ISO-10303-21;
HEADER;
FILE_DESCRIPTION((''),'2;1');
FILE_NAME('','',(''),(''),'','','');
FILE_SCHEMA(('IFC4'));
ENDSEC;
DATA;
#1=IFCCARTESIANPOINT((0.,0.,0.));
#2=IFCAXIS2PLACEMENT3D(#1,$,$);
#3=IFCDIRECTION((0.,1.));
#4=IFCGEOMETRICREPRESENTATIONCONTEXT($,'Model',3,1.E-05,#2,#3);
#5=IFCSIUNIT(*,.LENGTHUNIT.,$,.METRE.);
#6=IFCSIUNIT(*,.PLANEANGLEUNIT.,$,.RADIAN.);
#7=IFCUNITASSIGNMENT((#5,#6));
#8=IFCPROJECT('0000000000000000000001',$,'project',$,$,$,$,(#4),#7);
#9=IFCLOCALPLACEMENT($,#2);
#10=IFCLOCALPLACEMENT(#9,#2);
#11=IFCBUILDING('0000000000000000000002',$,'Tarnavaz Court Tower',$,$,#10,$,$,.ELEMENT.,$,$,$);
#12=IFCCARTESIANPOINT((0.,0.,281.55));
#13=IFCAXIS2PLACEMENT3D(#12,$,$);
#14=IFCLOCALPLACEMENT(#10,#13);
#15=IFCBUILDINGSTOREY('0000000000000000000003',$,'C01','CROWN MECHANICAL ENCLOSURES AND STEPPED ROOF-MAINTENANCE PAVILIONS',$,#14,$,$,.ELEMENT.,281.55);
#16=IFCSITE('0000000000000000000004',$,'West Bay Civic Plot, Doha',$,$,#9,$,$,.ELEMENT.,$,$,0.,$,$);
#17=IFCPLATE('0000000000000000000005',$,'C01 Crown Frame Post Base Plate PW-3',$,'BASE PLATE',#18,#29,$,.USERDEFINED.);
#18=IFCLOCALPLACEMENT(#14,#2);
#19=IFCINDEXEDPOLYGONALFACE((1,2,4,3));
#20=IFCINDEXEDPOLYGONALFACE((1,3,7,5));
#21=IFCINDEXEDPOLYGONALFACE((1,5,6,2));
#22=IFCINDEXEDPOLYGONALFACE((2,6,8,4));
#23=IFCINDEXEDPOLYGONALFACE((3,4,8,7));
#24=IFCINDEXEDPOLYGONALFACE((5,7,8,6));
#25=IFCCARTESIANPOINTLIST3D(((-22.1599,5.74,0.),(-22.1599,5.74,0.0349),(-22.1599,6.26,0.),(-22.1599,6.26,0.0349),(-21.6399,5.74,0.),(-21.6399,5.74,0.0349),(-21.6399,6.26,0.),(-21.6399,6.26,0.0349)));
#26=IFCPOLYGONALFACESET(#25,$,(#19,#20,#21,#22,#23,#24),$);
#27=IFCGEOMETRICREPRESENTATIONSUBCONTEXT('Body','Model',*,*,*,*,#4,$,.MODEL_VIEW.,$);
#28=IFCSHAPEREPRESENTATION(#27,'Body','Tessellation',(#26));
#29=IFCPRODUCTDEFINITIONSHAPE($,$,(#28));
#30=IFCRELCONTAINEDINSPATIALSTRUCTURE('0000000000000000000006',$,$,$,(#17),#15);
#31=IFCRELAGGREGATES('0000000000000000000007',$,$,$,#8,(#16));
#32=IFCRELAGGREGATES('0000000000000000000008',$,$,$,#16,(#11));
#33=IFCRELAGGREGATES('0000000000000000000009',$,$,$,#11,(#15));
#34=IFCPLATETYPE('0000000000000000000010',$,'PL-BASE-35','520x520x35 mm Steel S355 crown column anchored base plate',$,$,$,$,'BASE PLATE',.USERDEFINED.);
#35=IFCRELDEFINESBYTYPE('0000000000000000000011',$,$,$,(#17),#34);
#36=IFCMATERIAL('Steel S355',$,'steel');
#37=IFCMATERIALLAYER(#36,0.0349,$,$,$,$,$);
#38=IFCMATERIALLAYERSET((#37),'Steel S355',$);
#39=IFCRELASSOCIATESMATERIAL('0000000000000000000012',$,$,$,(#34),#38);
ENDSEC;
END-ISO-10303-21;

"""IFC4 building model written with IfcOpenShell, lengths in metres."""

from ifc_helpers import new_model, si_unit, direction, frame, origin, origin_2d, place, context, subcontext, project, spatial, rectangle, extrude, material, layer, layer_set, type_object, element, save


model = new_model("IFC4")

# Units and contexts
model_context = context("Model", 3, precision=1e-05, world=origin(), true_north=direction((0.0, 1.0)))
body_context = subcontext(model_context, "Body", "Model", "MODEL_VIEW")
ifc_project = project(units=[si_unit("LENGTHUNIT", "METRE"), si_unit("PLANEANGLEUNIT", "RADIAN")], contexts=[model_context])

# Site, building, storey
site_placement = place(None, origin())
site = spatial("IfcSite", under=ifc_project, at=site_placement, Name="West Bay Civic Plot, Doha", CompositionType="ELEMENT", RefElevation=0.0)
building_placement = place(site_placement, origin())
building = spatial("IfcBuilding", under=site, at=building_placement, Name="Tarnavaz Court Tower", CompositionType="ELEMENT")
storey_placement = place(building_placement, frame((0.0, 0.0, 281.55)))
storey = spatial("IfcBuildingStorey", under=building, at=storey_placement, Name="C01", Description="CROWN MECHANICAL ENCLOSURES AND STEPPED ROOF-MAINTENANCE PAVILIONS", CompositionType="ELEMENT", Elevation=281.55)

# Shared definitions
ifc_material_1 = material(Name="Steel S355", Category="steel")

# Plate
ifc_layer_1 = layer(ifc_material_1, 0.0349)
ifc_layer_set_1 = layer_set([ifc_layer_1], Name="Steel S355")
plate_type_1 = type_object("IfcPlateType", Name="PL-BASE-35", Description="520x520x35 mm Steel S355 crown column anchored base plate", ElementType="BASE PLATE", PredefinedType="USERDEFINED", material=ifc_layer_set_1)
plate_1_placement = place(storey_placement, frame((-21.8999, 6.0, 0.0), z_axis=(0.0, 0.0, 1.0), x_axis=(1.0, 0.0, 0.0)))
element("IfcPlate", 1, at=plate_1_placement, inside=storey, type_object=plate_type_1, Name="C01 Crown Frame Post Base Plate PW-3", ObjectType="BASE PLATE", PredefinedType="USERDEFINED", context=body_context, shape_type="SweptSolid", body=[
    extrude(rectangle(XDim=0.52, YDim=0.52, at=origin_2d()), origin(), (0.0, 0.0, 1.0), 0.0349),
])

save(model, "model.ifc")
